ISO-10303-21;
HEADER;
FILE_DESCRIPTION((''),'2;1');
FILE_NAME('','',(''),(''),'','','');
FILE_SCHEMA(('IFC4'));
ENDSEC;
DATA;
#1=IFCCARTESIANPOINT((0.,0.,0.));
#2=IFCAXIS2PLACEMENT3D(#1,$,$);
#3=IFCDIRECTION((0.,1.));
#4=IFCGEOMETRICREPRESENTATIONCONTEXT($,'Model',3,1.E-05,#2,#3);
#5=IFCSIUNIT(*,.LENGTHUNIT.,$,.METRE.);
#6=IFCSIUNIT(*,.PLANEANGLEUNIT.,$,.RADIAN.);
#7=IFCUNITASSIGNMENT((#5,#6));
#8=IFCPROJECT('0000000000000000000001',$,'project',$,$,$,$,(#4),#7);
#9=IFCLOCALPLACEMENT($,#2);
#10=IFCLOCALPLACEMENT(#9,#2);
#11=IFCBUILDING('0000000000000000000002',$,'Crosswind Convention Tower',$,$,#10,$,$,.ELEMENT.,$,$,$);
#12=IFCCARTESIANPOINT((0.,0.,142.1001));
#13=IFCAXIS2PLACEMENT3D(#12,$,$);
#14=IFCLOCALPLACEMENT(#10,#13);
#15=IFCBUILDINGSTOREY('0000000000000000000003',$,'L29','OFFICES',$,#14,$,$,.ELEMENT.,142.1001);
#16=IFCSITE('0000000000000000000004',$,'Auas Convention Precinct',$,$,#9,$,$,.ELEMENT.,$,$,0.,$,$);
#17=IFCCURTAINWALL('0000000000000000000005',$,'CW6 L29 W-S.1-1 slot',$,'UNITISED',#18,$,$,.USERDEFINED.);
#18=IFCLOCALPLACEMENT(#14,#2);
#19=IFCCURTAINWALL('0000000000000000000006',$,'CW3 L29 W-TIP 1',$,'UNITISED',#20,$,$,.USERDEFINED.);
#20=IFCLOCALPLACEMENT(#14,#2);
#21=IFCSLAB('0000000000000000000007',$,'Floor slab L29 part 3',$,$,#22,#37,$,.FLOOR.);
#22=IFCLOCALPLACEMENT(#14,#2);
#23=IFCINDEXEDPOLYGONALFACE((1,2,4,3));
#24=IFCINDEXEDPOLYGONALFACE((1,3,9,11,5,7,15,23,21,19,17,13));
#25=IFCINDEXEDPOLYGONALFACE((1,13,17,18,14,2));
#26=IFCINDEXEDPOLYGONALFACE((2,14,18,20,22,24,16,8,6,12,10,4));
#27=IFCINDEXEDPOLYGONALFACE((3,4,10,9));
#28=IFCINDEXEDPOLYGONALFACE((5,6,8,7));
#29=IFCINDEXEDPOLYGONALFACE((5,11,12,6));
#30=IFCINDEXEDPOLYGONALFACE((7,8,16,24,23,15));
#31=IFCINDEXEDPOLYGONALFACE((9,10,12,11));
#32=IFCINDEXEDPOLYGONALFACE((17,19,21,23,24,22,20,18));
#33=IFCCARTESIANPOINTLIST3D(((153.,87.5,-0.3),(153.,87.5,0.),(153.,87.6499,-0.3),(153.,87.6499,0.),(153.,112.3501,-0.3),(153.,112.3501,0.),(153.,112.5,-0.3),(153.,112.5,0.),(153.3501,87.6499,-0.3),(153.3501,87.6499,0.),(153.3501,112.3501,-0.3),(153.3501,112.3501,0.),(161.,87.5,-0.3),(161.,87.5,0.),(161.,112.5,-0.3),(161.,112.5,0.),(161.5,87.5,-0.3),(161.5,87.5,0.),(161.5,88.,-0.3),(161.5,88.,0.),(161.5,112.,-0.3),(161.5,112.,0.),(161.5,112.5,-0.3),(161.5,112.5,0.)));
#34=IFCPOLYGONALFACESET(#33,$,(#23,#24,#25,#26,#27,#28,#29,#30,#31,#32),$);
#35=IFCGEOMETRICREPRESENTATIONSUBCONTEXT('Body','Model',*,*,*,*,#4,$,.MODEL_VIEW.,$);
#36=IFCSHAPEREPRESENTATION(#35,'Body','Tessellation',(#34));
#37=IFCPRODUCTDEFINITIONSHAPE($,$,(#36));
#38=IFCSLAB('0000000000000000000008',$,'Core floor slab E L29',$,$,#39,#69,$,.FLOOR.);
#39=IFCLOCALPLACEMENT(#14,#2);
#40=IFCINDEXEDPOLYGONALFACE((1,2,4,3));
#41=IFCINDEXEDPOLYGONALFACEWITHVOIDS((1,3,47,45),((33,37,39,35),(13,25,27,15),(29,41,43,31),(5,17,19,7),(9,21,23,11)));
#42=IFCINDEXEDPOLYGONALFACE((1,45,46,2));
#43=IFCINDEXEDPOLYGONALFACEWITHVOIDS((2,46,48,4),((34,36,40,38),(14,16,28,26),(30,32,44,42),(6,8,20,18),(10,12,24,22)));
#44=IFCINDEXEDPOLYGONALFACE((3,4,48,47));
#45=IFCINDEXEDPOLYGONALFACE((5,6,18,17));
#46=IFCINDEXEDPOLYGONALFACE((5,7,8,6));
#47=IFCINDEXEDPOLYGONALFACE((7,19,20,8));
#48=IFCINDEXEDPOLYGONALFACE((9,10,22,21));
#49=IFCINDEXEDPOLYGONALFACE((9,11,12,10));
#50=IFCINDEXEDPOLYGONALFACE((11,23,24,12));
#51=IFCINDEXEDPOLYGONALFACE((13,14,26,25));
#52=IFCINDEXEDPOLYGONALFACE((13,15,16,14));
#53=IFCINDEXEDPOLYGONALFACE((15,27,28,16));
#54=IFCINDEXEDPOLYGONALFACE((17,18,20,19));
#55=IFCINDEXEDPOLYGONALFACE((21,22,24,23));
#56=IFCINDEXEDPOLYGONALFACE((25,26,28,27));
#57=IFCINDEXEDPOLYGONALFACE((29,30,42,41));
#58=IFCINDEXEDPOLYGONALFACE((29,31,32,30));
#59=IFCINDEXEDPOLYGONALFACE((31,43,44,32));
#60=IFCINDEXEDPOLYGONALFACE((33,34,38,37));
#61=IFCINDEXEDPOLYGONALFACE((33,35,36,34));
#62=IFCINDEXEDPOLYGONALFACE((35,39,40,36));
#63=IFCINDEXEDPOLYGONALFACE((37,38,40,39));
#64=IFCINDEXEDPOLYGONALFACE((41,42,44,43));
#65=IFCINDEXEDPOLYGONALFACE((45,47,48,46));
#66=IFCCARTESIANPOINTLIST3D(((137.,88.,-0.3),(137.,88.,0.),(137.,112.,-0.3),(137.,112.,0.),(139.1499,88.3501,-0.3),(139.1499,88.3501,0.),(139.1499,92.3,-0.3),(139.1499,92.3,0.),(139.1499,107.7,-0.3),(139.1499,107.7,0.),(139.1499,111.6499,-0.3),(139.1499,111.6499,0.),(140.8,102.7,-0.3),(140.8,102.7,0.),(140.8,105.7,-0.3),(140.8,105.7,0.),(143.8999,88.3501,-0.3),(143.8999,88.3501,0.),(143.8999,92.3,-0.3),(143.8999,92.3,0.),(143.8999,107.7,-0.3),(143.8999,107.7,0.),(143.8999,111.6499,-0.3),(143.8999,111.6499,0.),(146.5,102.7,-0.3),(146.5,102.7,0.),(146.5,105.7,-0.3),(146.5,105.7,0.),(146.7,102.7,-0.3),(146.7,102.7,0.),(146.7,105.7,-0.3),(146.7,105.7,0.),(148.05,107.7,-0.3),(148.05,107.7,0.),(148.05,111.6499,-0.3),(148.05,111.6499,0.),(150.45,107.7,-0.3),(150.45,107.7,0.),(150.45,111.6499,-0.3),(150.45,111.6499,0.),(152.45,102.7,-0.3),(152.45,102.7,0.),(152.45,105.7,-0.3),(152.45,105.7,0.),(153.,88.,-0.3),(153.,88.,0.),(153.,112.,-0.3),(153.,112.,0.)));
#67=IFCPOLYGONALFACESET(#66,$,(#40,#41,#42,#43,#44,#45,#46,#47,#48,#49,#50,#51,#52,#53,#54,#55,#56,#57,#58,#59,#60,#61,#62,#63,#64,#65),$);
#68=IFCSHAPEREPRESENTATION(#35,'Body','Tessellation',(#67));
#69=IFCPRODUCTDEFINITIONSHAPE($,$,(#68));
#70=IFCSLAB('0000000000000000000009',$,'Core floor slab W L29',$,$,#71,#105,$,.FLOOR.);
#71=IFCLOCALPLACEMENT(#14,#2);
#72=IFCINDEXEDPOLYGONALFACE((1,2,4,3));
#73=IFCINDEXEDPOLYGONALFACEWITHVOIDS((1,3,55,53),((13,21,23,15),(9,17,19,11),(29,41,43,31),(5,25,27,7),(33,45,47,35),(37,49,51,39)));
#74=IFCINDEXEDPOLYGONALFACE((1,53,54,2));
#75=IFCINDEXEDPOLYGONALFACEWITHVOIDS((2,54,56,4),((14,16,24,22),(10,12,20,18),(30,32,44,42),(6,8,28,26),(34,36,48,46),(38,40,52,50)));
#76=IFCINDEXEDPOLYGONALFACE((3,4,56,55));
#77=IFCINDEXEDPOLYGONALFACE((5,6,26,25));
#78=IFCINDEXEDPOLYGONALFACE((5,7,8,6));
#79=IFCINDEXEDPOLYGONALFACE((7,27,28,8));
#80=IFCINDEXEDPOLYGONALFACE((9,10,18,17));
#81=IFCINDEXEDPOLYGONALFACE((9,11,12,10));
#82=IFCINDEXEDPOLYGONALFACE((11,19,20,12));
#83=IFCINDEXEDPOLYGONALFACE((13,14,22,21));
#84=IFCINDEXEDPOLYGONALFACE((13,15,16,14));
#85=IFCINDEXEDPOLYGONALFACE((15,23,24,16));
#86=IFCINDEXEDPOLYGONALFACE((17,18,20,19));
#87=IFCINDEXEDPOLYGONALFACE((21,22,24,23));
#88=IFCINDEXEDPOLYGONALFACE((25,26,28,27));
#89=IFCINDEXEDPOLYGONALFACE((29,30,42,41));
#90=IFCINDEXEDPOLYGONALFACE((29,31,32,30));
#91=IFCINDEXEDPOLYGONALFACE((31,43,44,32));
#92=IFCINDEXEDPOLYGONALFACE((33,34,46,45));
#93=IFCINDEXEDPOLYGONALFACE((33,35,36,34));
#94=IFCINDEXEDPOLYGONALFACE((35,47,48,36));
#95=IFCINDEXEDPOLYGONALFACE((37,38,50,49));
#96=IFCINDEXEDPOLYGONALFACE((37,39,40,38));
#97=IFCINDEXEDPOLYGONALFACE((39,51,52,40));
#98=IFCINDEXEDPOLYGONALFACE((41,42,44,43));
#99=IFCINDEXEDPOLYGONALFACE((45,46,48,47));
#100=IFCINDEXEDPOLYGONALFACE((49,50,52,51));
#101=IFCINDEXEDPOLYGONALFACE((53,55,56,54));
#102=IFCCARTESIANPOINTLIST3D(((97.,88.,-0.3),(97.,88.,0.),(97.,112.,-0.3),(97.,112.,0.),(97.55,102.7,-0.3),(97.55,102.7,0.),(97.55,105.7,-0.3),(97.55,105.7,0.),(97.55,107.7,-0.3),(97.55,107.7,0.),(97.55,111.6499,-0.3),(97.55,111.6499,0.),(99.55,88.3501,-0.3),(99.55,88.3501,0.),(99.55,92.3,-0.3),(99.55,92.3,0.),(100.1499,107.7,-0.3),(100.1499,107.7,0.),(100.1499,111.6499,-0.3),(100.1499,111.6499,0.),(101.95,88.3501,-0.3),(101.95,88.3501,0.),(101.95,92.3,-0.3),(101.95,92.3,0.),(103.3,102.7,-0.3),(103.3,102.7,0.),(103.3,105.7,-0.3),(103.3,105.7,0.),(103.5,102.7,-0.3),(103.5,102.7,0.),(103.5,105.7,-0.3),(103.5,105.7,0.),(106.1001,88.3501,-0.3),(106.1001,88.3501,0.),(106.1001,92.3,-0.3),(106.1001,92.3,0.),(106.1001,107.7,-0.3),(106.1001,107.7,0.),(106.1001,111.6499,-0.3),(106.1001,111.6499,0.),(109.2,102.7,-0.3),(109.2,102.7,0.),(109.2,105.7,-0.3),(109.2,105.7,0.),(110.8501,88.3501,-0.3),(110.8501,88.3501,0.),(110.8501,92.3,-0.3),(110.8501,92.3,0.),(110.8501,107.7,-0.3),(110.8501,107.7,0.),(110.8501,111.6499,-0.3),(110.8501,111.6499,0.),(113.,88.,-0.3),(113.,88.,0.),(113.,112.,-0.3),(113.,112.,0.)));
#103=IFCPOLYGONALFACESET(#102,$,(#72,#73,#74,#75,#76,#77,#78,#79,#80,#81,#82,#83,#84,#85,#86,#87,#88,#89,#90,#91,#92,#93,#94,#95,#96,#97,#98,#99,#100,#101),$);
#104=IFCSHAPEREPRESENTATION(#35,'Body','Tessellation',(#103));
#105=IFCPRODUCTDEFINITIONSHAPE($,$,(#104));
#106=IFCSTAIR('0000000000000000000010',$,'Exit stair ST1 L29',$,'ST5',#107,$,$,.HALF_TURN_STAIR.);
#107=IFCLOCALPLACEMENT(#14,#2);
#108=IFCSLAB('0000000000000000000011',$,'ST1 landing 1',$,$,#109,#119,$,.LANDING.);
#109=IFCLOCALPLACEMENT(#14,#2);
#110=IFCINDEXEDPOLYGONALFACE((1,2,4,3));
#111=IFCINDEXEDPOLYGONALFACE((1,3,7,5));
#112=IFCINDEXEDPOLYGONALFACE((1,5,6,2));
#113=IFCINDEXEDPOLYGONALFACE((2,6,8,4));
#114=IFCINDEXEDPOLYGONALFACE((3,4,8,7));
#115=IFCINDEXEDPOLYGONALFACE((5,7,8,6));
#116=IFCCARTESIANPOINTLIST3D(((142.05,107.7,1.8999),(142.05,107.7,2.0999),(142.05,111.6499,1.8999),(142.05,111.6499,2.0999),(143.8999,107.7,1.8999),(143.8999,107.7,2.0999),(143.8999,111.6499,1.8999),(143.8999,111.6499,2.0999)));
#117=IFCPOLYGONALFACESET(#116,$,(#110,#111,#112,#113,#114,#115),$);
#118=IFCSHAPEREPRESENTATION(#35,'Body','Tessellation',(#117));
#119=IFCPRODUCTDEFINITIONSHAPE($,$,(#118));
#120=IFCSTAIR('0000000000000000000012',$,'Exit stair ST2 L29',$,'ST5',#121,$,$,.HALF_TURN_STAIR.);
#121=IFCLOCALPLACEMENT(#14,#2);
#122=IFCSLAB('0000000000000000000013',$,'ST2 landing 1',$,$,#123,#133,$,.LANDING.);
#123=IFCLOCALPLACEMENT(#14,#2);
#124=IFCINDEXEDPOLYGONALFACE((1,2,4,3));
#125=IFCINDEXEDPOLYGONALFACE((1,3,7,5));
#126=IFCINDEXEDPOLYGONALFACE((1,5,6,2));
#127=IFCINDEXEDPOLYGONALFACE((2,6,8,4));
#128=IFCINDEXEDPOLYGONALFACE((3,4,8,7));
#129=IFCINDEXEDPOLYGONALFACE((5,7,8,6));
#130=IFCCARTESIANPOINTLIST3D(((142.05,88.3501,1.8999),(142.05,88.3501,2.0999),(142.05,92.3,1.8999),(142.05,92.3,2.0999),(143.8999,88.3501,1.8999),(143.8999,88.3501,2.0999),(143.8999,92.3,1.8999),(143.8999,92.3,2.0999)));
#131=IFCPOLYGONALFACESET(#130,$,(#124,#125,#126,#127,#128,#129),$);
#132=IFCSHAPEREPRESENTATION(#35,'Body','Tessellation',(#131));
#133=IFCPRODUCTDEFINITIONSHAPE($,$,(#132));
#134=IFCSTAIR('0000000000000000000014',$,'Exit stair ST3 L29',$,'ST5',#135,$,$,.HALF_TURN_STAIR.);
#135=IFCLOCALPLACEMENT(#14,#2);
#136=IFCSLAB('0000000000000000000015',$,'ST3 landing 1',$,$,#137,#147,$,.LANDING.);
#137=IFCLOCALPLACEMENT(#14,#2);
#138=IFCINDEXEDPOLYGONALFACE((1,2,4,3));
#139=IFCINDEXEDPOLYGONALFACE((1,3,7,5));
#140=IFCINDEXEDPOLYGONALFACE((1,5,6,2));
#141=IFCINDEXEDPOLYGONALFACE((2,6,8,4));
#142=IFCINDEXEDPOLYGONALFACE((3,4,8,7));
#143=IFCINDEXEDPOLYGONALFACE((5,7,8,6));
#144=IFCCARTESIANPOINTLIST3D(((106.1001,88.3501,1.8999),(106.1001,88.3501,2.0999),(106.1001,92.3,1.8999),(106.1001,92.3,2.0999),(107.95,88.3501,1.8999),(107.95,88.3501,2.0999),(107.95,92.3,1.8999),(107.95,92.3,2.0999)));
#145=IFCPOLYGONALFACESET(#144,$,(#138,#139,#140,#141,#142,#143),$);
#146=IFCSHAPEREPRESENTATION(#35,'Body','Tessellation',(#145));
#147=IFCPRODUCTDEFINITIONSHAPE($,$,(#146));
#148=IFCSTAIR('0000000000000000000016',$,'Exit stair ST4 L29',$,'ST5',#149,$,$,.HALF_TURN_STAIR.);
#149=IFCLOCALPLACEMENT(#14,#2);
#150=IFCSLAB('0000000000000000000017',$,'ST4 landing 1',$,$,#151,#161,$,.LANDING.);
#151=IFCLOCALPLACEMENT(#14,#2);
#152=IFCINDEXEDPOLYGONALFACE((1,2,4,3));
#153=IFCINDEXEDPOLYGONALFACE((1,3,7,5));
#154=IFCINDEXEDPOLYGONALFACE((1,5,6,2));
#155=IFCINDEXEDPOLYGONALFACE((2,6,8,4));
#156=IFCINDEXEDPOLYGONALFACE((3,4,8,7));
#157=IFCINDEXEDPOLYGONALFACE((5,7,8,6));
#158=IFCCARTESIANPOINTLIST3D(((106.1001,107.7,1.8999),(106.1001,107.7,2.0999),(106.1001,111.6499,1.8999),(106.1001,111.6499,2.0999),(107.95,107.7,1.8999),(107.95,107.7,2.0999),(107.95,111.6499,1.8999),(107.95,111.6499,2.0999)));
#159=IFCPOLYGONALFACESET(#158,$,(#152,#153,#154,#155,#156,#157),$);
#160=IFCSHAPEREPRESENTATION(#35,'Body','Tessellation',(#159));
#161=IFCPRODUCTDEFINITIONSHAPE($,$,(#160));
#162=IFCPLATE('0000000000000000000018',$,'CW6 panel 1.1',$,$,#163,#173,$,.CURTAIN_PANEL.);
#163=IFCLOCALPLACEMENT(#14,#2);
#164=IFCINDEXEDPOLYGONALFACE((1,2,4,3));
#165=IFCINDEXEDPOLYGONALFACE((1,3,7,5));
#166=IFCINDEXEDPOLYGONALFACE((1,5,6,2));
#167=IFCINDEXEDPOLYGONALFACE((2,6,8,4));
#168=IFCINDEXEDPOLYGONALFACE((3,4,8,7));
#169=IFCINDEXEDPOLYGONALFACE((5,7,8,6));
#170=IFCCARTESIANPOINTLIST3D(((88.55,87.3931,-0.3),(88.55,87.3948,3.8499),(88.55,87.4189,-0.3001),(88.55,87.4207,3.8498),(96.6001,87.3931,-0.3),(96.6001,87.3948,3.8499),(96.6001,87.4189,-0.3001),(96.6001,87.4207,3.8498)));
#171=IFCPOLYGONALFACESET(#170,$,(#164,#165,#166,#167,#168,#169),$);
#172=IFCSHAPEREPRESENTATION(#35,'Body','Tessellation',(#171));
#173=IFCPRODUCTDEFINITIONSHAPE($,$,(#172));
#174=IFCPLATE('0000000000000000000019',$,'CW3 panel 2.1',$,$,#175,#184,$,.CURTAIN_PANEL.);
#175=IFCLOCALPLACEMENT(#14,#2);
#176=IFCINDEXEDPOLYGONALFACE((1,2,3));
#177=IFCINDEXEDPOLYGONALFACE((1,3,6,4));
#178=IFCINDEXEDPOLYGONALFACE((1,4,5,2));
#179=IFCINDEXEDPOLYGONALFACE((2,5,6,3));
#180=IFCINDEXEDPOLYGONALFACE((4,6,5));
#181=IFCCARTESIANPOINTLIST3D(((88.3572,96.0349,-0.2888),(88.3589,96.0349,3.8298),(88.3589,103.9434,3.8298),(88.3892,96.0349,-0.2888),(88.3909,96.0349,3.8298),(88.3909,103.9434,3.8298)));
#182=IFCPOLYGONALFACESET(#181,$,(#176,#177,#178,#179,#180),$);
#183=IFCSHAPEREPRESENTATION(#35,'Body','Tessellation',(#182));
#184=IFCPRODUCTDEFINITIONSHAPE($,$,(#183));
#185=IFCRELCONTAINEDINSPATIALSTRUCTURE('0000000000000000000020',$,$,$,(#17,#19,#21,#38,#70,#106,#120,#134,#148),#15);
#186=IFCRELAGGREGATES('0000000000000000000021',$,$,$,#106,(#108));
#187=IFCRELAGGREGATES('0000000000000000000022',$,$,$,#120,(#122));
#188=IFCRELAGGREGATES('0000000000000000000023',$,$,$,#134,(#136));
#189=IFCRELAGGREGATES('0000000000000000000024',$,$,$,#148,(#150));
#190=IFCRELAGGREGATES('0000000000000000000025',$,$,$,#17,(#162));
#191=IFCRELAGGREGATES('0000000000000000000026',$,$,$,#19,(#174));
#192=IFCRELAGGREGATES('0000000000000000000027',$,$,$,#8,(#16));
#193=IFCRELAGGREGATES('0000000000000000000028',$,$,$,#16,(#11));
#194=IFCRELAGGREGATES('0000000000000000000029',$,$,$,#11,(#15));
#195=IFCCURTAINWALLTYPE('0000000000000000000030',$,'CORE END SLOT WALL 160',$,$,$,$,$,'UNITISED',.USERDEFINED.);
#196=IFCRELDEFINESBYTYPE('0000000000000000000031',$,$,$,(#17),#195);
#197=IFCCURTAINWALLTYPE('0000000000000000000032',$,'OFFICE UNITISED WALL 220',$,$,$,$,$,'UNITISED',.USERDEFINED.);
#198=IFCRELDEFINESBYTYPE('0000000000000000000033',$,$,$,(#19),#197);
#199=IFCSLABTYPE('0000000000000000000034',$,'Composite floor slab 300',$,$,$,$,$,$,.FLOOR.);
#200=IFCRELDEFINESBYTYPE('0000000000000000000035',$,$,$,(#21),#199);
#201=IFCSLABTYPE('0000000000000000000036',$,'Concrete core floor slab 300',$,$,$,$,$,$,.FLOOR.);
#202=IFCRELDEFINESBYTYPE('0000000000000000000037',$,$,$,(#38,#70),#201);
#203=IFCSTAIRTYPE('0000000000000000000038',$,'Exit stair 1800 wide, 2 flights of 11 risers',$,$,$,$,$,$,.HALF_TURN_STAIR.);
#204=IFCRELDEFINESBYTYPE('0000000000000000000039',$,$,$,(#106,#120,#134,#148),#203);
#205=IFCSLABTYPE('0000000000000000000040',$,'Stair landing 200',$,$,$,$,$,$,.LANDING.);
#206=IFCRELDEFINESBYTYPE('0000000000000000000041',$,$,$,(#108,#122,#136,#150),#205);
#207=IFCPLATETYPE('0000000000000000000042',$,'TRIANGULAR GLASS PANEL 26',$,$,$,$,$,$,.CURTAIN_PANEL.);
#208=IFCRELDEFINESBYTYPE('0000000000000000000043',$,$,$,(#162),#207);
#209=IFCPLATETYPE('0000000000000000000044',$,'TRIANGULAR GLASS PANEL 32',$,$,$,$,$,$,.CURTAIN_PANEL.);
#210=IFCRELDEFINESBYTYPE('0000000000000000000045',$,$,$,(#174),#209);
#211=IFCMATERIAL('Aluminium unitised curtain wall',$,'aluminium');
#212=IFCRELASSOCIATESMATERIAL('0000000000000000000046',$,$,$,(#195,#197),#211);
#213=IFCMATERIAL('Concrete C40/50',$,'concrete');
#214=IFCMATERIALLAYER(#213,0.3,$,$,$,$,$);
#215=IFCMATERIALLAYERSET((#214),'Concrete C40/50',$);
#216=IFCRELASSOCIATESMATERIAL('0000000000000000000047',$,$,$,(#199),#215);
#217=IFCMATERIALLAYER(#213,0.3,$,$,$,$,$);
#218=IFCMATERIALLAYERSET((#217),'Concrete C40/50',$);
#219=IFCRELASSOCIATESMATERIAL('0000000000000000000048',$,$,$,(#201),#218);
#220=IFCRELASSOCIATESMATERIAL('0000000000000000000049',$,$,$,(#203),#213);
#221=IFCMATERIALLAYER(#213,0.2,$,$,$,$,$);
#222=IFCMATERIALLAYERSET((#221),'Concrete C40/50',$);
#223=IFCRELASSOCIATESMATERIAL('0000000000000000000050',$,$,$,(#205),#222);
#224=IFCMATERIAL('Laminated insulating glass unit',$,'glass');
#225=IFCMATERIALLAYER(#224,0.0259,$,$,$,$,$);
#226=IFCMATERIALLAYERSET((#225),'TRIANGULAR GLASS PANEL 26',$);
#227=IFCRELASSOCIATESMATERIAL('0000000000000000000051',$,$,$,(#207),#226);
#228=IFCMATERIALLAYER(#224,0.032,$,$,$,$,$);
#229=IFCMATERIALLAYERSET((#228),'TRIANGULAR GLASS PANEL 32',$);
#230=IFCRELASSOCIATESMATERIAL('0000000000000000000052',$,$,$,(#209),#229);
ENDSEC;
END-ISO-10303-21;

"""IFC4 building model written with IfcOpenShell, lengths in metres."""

from ifc_helpers import new_model, si_unit, direction, frame, origin, place, context, subcontext, project, spatial, polyline, outline, extrude, material, layer, layer_set, type_object, element, aggregate, save


model = new_model("IFC4")

# Units and contexts
model_context = context("Model", 3, precision=1e-05, world=origin(), true_north=direction((0.0, 1.0)))
body_context = subcontext(model_context, "Body", "Model", "MODEL_VIEW")
ifc_project = project(units=[si_unit("LENGTHUNIT", "METRE"), si_unit("PLANEANGLEUNIT", "RADIAN")], contexts=[model_context])

# Site, building, storey
site_placement = place(None, origin())
site = spatial("IfcSite", under=ifc_project, at=site_placement, Name="Auas Convention Precinct", CompositionType="ELEMENT", RefElevation=0.0)
building_placement = place(site_placement, origin())
building = spatial("IfcBuilding", under=site, at=building_placement, Name="Crosswind Convention Tower", CompositionType="ELEMENT")
storey_placement = place(building_placement, frame((0.0, 0.0, 142.1001)))
storey = spatial("IfcBuildingStorey", under=building, at=storey_placement, Name="L29", Description="OFFICES", CompositionType="ELEMENT", Elevation=142.1001)

# Curtain wall
ifc_material_1 = material(Name="Aluminium unitised curtain wall", Category="aluminium")
curtain_wall_type_1 = type_object("IfcCurtainWallType", Name="CORE END SLOT WALL 160", ElementType="UNITISED", PredefinedType="USERDEFINED", material=ifc_material_1)
curtain_wall_1_placement = place(storey_placement, origin())
curtain_wall_1 = element("IfcCurtainWall", 1, at=curtain_wall_1_placement, inside=storey, type_object=curtain_wall_type_1, Name="CW6 L29 W-S.1-1 slot", ObjectType="UNITISED", PredefinedType="USERDEFINED")

# Curtain wall
curtain_wall_type_2 = type_object("IfcCurtainWallType", Name="OFFICE UNITISED WALL 220", ElementType="UNITISED", PredefinedType="USERDEFINED", material=ifc_material_1)
curtain_wall_2_placement = place(storey_placement, origin())
curtain_wall_2 = element("IfcCurtainWall", 2, at=curtain_wall_2_placement, inside=storey, type_object=curtain_wall_type_2, Name="CW3 L29 W-TIP 1", ObjectType="UNITISED", PredefinedType="USERDEFINED")

# Slabs
ifc_material_2 = material(Name="Concrete C40/50", Category="concrete")
ifc_layer_1 = layer(ifc_material_2, 0.3)
ifc_layer_set_1 = layer_set([ifc_layer_1], Name="Concrete C40/50")
slab_type_1 = type_object("IfcSlabType", Name="Composite floor slab 300", PredefinedType="FLOOR", material=ifc_layer_set_1)
slab_1_placement = place(storey_placement, frame((0.0, 0.0, -0.3)))
element("IfcSlab", 3, at=slab_1_placement, inside=storey, type_object=slab_type_1, Name="Floor slab L29 part 3", PredefinedType="FLOOR", context=body_context, shape_type="SweptSolid", body=[
    extrude(outline(polyline([(153.0, 112.5), (161.0, 112.5), (161.5, 112.5), (161.5, 112.0), (161.5, 88.0), (161.5, 87.5), (161.0, 87.5), (153.0, 87.5), (153.0, 87.6499), (153.3501, 87.6499), (153.3501, 112.3501), (153.0, 112.3501), (153.0, 112.5)])), origin(), (0.0, 0.0, 1.0), 0.3),
])
ifc_layer_2 = layer(ifc_material_2, 0.3)
ifc_layer_set_2 = layer_set([ifc_layer_2], Name="Concrete C40/50")
slab_type_2 = type_object("IfcSlabType", Name="Concrete core floor slab 300", PredefinedType="FLOOR", material=ifc_layer_set_2)
slab_2_placement = place(storey_placement, frame((0.0, 0.0, -0.3)))
element("IfcSlab", 4, at=slab_2_placement, inside=storey, type_object=slab_type_2, Name="Core floor slab E L29", PredefinedType="FLOOR", context=body_context, shape_type="SweptSolid", body=[
    extrude(outline(polyline([(137.0, 88.0), (153.0, 88.0), (153.0, 112.0), (137.0, 112.0), (137.0, 88.0)]), holes=[polyline([(146.5, 102.7), (146.5, 105.7), (140.8, 105.7), (140.8, 102.7), (146.5, 102.7)]), polyline([(152.45, 102.7), (152.45, 105.7), (146.7, 105.7), (146.7, 102.7), (152.45, 102.7)]), polyline([(150.45, 107.7), (150.45, 111.6499), (148.05, 111.6499), (148.05, 107.7), (150.45, 107.7)]), polyline([(143.8999, 107.7), (143.8999, 111.6499), (139.1499, 111.6499), (139.1499, 107.7), (143.8999, 107.7)]), polyline([(143.8999, 88.3501), (143.8999, 92.3), (139.1499, 92.3), (139.1499, 88.3501), (143.8999, 88.3501)])]), origin(), (0.0, 0.0, 1.0), 0.3),
])
slab_3_placement = place(storey_placement, frame((0.0, 0.0, -0.3)))
element("IfcSlab", 5, at=slab_3_placement, inside=storey, type_object=slab_type_2, Name="Core floor slab W L29", PredefinedType="FLOOR", context=body_context, shape_type="SweptSolid", body=[
    extrude(outline(polyline([(97.0, 88.0), (113.0, 88.0), (113.0, 112.0), (97.0, 112.0), (97.0, 88.0)]), holes=[polyline([(109.2, 102.7), (109.2, 105.7), (103.5, 105.7), (103.5, 102.7), (109.2, 102.7)]), polyline([(103.3, 102.7), (103.3, 105.7), (97.55, 105.7), (97.55, 102.7), (103.3, 102.7)]), polyline([(101.95, 88.3501), (101.95, 92.3), (99.55, 92.3), (99.55, 88.3501), (101.95, 88.3501)]), polyline([(100.1499, 107.7), (100.1499, 111.6499), (97.55, 111.6499), (97.55, 107.7), (100.1499, 107.7)]), polyline([(110.8501, 88.3501), (110.8501, 92.3), (106.1001, 92.3), (106.1001, 88.3501), (110.8501, 88.3501)]), polyline([(110.8501, 107.7), (110.8501, 111.6499), (106.1001, 111.6499), (106.1001, 107.7), (110.8501, 107.7)])]), origin(), (0.0, 0.0, 1.0), 0.3),
])

# Stairs, slabs
stair_type = type_object("IfcStairType", Name="Exit stair 1800 wide, 2 flights of 11 risers", PredefinedType="HALF_TURN_STAIR", material=ifc_material_2)
stair_1_placement = place(storey_placement, origin())
stair_1 = element("IfcStair", 6, at=stair_1_placement, inside=storey, type_object=stair_type, Name="Exit stair ST1 L29", ObjectType="ST5", PredefinedType="HALF_TURN_STAIR")
ifc_layer_3 = layer(ifc_material_2, 0.2)
ifc_layer_set_3 = layer_set([ifc_layer_3], Name="Concrete C40/50")
slab_type_3 = type_object("IfcSlabType", Name="Stair landing 200", PredefinedType="LANDING", material=ifc_layer_set_3)
slab_4_placement = place(storey_placement, frame((0.0, 0.0, 1.8999)))
slab_4 = element("IfcSlab", 7, at=slab_4_placement, type_object=slab_type_3, Name="ST1 landing 1", PredefinedType="LANDING", context=body_context, shape_type="SweptSolid", body=[
    extrude(outline(polyline([(143.8999, 107.7), (143.8999, 111.6499), (142.05, 111.6499), (142.05, 107.7), (143.8999, 107.7)])), origin(), (0.0, 0.0, 1.0), 0.2),
])
aggregate(stair_1, [slab_4])
stair_2_placement = place(storey_placement, origin())
stair_2 = element("IfcStair", 8, at=stair_2_placement, inside=storey, type_object=stair_type, Name="Exit stair ST2 L29", ObjectType="ST5", PredefinedType="HALF_TURN_STAIR")
slab_5_placement = place(storey_placement, frame((0.0, 0.0, 1.8999)))
slab_5 = element("IfcSlab", 9, at=slab_5_placement, type_object=slab_type_3, Name="ST2 landing 1", PredefinedType="LANDING", context=body_context, shape_type="SweptSolid", body=[
    extrude(outline(polyline([(143.8999, 88.3501), (143.8999, 92.3), (142.05, 92.3), (142.05, 88.3501), (143.8999, 88.3501)])), origin(), (0.0, 0.0, 1.0), 0.2),
])
aggregate(stair_2, [slab_5])
stair_3_placement = place(storey_placement, origin())
stair_3 = element("IfcStair", 10, at=stair_3_placement, inside=storey, type_object=stair_type, Name="Exit stair ST3 L29", ObjectType="ST5", PredefinedType="HALF_TURN_STAIR")
slab_6_placement = place(storey_placement, frame((0.0, 0.0, 1.8999)))
slab_6 = element("IfcSlab", 11, at=slab_6_placement, type_object=slab_type_3, Name="ST3 landing 1", PredefinedType="LANDING", context=body_context, shape_type="SweptSolid", body=[
    extrude(outline(polyline([(107.95, 88.3501), (107.95, 92.3), (106.1001, 92.3), (106.1001, 88.3501), (107.95, 88.3501)])), origin(), (0.0, 0.0, 1.0), 0.2),
])
aggregate(stair_3, [slab_6])
stair_4_placement = place(storey_placement, origin())
stair_4 = element("IfcStair", 12, at=stair_4_placement, inside=storey, type_object=stair_type, Name="Exit stair ST4 L29", ObjectType="ST5", PredefinedType="HALF_TURN_STAIR")
slab_7_placement = place(storey_placement, frame((0.0, 0.0, 1.8999)))
slab_7 = element("IfcSlab", 13, at=slab_7_placement, type_object=slab_type_3, Name="ST4 landing 1", PredefinedType="LANDING", context=body_context, shape_type="SweptSolid", body=[
    extrude(outline(polyline([(107.95, 107.7), (107.95, 111.6499), (106.1001, 111.6499), (106.1001, 107.7), (107.95, 107.7)])), origin(), (0.0, 0.0, 1.0), 0.2),
])
aggregate(stair_4, [slab_7])

# Plates
ifc_material_3 = material(Name="Laminated insulating glass unit", Category="glass")
ifc_layer_4 = layer(ifc_material_3, 0.0259)
ifc_layer_set_4 = layer_set([ifc_layer_4], Name="TRIANGULAR GLASS PANEL 26")
plate_type_1 = type_object("IfcPlateType", Name="TRIANGULAR GLASS PANEL 26", PredefinedType="CURTAIN_PANEL", material=ifc_layer_set_4)
plate_1_placement = place(storey_placement, frame((88.55, 87.3931, -0.3), z_axis=(0.0, -1.0, 0.000412), x_axis=(1.0, 0.0, 0.0)))
plate_1 = element("IfcPlate", 14, at=plate_1_placement, type_object=plate_type_1, Name="CW6 panel 1.1", PredefinedType="CURTAIN_PANEL", context=body_context, shape_type="SweptSolid", body=[
    extrude(outline(polyline([(0.0, 0.0), (8.05, 0.0), (8.05, 4.1499), (0.0, 4.1499), (0.0, 0.0)])), origin(), (0.0, 0.0, -1.0), 0.0259),
])
aggregate(curtain_wall_1, [plate_1])
ifc_layer_5 = layer(ifc_material_3, 0.032)
ifc_layer_set_5 = layer_set([ifc_layer_5], Name="TRIANGULAR GLASS PANEL 32")
plate_type_2 = type_object("IfcPlateType", Name="TRIANGULAR GLASS PANEL 32", PredefinedType="CURTAIN_PANEL", material=ifc_layer_set_5)
plate_2_placement = place(storey_placement, frame((88.3589, 96.0349, 3.8298), z_axis=(-1.0, 0.0, 0.000415), x_axis=(0.0, 1.0, 0.0)))
plate_2 = element("IfcPlate", 15, at=plate_2_placement, type_object=plate_type_2, Name="CW3 panel 2.1", PredefinedType="CURTAIN_PANEL", context=body_context, shape_type="SweptSolid", body=[
    extrude(outline(polyline([(0.0, 0.0), (7.9084, 0.0), (0.0, 4.1187), (0.0, 0.0)])), origin(), (0.0, 0.0, -1.0), 0.032),
])
aggregate(curtain_wall_2, [plate_2])

save(model, "model.ifc")
